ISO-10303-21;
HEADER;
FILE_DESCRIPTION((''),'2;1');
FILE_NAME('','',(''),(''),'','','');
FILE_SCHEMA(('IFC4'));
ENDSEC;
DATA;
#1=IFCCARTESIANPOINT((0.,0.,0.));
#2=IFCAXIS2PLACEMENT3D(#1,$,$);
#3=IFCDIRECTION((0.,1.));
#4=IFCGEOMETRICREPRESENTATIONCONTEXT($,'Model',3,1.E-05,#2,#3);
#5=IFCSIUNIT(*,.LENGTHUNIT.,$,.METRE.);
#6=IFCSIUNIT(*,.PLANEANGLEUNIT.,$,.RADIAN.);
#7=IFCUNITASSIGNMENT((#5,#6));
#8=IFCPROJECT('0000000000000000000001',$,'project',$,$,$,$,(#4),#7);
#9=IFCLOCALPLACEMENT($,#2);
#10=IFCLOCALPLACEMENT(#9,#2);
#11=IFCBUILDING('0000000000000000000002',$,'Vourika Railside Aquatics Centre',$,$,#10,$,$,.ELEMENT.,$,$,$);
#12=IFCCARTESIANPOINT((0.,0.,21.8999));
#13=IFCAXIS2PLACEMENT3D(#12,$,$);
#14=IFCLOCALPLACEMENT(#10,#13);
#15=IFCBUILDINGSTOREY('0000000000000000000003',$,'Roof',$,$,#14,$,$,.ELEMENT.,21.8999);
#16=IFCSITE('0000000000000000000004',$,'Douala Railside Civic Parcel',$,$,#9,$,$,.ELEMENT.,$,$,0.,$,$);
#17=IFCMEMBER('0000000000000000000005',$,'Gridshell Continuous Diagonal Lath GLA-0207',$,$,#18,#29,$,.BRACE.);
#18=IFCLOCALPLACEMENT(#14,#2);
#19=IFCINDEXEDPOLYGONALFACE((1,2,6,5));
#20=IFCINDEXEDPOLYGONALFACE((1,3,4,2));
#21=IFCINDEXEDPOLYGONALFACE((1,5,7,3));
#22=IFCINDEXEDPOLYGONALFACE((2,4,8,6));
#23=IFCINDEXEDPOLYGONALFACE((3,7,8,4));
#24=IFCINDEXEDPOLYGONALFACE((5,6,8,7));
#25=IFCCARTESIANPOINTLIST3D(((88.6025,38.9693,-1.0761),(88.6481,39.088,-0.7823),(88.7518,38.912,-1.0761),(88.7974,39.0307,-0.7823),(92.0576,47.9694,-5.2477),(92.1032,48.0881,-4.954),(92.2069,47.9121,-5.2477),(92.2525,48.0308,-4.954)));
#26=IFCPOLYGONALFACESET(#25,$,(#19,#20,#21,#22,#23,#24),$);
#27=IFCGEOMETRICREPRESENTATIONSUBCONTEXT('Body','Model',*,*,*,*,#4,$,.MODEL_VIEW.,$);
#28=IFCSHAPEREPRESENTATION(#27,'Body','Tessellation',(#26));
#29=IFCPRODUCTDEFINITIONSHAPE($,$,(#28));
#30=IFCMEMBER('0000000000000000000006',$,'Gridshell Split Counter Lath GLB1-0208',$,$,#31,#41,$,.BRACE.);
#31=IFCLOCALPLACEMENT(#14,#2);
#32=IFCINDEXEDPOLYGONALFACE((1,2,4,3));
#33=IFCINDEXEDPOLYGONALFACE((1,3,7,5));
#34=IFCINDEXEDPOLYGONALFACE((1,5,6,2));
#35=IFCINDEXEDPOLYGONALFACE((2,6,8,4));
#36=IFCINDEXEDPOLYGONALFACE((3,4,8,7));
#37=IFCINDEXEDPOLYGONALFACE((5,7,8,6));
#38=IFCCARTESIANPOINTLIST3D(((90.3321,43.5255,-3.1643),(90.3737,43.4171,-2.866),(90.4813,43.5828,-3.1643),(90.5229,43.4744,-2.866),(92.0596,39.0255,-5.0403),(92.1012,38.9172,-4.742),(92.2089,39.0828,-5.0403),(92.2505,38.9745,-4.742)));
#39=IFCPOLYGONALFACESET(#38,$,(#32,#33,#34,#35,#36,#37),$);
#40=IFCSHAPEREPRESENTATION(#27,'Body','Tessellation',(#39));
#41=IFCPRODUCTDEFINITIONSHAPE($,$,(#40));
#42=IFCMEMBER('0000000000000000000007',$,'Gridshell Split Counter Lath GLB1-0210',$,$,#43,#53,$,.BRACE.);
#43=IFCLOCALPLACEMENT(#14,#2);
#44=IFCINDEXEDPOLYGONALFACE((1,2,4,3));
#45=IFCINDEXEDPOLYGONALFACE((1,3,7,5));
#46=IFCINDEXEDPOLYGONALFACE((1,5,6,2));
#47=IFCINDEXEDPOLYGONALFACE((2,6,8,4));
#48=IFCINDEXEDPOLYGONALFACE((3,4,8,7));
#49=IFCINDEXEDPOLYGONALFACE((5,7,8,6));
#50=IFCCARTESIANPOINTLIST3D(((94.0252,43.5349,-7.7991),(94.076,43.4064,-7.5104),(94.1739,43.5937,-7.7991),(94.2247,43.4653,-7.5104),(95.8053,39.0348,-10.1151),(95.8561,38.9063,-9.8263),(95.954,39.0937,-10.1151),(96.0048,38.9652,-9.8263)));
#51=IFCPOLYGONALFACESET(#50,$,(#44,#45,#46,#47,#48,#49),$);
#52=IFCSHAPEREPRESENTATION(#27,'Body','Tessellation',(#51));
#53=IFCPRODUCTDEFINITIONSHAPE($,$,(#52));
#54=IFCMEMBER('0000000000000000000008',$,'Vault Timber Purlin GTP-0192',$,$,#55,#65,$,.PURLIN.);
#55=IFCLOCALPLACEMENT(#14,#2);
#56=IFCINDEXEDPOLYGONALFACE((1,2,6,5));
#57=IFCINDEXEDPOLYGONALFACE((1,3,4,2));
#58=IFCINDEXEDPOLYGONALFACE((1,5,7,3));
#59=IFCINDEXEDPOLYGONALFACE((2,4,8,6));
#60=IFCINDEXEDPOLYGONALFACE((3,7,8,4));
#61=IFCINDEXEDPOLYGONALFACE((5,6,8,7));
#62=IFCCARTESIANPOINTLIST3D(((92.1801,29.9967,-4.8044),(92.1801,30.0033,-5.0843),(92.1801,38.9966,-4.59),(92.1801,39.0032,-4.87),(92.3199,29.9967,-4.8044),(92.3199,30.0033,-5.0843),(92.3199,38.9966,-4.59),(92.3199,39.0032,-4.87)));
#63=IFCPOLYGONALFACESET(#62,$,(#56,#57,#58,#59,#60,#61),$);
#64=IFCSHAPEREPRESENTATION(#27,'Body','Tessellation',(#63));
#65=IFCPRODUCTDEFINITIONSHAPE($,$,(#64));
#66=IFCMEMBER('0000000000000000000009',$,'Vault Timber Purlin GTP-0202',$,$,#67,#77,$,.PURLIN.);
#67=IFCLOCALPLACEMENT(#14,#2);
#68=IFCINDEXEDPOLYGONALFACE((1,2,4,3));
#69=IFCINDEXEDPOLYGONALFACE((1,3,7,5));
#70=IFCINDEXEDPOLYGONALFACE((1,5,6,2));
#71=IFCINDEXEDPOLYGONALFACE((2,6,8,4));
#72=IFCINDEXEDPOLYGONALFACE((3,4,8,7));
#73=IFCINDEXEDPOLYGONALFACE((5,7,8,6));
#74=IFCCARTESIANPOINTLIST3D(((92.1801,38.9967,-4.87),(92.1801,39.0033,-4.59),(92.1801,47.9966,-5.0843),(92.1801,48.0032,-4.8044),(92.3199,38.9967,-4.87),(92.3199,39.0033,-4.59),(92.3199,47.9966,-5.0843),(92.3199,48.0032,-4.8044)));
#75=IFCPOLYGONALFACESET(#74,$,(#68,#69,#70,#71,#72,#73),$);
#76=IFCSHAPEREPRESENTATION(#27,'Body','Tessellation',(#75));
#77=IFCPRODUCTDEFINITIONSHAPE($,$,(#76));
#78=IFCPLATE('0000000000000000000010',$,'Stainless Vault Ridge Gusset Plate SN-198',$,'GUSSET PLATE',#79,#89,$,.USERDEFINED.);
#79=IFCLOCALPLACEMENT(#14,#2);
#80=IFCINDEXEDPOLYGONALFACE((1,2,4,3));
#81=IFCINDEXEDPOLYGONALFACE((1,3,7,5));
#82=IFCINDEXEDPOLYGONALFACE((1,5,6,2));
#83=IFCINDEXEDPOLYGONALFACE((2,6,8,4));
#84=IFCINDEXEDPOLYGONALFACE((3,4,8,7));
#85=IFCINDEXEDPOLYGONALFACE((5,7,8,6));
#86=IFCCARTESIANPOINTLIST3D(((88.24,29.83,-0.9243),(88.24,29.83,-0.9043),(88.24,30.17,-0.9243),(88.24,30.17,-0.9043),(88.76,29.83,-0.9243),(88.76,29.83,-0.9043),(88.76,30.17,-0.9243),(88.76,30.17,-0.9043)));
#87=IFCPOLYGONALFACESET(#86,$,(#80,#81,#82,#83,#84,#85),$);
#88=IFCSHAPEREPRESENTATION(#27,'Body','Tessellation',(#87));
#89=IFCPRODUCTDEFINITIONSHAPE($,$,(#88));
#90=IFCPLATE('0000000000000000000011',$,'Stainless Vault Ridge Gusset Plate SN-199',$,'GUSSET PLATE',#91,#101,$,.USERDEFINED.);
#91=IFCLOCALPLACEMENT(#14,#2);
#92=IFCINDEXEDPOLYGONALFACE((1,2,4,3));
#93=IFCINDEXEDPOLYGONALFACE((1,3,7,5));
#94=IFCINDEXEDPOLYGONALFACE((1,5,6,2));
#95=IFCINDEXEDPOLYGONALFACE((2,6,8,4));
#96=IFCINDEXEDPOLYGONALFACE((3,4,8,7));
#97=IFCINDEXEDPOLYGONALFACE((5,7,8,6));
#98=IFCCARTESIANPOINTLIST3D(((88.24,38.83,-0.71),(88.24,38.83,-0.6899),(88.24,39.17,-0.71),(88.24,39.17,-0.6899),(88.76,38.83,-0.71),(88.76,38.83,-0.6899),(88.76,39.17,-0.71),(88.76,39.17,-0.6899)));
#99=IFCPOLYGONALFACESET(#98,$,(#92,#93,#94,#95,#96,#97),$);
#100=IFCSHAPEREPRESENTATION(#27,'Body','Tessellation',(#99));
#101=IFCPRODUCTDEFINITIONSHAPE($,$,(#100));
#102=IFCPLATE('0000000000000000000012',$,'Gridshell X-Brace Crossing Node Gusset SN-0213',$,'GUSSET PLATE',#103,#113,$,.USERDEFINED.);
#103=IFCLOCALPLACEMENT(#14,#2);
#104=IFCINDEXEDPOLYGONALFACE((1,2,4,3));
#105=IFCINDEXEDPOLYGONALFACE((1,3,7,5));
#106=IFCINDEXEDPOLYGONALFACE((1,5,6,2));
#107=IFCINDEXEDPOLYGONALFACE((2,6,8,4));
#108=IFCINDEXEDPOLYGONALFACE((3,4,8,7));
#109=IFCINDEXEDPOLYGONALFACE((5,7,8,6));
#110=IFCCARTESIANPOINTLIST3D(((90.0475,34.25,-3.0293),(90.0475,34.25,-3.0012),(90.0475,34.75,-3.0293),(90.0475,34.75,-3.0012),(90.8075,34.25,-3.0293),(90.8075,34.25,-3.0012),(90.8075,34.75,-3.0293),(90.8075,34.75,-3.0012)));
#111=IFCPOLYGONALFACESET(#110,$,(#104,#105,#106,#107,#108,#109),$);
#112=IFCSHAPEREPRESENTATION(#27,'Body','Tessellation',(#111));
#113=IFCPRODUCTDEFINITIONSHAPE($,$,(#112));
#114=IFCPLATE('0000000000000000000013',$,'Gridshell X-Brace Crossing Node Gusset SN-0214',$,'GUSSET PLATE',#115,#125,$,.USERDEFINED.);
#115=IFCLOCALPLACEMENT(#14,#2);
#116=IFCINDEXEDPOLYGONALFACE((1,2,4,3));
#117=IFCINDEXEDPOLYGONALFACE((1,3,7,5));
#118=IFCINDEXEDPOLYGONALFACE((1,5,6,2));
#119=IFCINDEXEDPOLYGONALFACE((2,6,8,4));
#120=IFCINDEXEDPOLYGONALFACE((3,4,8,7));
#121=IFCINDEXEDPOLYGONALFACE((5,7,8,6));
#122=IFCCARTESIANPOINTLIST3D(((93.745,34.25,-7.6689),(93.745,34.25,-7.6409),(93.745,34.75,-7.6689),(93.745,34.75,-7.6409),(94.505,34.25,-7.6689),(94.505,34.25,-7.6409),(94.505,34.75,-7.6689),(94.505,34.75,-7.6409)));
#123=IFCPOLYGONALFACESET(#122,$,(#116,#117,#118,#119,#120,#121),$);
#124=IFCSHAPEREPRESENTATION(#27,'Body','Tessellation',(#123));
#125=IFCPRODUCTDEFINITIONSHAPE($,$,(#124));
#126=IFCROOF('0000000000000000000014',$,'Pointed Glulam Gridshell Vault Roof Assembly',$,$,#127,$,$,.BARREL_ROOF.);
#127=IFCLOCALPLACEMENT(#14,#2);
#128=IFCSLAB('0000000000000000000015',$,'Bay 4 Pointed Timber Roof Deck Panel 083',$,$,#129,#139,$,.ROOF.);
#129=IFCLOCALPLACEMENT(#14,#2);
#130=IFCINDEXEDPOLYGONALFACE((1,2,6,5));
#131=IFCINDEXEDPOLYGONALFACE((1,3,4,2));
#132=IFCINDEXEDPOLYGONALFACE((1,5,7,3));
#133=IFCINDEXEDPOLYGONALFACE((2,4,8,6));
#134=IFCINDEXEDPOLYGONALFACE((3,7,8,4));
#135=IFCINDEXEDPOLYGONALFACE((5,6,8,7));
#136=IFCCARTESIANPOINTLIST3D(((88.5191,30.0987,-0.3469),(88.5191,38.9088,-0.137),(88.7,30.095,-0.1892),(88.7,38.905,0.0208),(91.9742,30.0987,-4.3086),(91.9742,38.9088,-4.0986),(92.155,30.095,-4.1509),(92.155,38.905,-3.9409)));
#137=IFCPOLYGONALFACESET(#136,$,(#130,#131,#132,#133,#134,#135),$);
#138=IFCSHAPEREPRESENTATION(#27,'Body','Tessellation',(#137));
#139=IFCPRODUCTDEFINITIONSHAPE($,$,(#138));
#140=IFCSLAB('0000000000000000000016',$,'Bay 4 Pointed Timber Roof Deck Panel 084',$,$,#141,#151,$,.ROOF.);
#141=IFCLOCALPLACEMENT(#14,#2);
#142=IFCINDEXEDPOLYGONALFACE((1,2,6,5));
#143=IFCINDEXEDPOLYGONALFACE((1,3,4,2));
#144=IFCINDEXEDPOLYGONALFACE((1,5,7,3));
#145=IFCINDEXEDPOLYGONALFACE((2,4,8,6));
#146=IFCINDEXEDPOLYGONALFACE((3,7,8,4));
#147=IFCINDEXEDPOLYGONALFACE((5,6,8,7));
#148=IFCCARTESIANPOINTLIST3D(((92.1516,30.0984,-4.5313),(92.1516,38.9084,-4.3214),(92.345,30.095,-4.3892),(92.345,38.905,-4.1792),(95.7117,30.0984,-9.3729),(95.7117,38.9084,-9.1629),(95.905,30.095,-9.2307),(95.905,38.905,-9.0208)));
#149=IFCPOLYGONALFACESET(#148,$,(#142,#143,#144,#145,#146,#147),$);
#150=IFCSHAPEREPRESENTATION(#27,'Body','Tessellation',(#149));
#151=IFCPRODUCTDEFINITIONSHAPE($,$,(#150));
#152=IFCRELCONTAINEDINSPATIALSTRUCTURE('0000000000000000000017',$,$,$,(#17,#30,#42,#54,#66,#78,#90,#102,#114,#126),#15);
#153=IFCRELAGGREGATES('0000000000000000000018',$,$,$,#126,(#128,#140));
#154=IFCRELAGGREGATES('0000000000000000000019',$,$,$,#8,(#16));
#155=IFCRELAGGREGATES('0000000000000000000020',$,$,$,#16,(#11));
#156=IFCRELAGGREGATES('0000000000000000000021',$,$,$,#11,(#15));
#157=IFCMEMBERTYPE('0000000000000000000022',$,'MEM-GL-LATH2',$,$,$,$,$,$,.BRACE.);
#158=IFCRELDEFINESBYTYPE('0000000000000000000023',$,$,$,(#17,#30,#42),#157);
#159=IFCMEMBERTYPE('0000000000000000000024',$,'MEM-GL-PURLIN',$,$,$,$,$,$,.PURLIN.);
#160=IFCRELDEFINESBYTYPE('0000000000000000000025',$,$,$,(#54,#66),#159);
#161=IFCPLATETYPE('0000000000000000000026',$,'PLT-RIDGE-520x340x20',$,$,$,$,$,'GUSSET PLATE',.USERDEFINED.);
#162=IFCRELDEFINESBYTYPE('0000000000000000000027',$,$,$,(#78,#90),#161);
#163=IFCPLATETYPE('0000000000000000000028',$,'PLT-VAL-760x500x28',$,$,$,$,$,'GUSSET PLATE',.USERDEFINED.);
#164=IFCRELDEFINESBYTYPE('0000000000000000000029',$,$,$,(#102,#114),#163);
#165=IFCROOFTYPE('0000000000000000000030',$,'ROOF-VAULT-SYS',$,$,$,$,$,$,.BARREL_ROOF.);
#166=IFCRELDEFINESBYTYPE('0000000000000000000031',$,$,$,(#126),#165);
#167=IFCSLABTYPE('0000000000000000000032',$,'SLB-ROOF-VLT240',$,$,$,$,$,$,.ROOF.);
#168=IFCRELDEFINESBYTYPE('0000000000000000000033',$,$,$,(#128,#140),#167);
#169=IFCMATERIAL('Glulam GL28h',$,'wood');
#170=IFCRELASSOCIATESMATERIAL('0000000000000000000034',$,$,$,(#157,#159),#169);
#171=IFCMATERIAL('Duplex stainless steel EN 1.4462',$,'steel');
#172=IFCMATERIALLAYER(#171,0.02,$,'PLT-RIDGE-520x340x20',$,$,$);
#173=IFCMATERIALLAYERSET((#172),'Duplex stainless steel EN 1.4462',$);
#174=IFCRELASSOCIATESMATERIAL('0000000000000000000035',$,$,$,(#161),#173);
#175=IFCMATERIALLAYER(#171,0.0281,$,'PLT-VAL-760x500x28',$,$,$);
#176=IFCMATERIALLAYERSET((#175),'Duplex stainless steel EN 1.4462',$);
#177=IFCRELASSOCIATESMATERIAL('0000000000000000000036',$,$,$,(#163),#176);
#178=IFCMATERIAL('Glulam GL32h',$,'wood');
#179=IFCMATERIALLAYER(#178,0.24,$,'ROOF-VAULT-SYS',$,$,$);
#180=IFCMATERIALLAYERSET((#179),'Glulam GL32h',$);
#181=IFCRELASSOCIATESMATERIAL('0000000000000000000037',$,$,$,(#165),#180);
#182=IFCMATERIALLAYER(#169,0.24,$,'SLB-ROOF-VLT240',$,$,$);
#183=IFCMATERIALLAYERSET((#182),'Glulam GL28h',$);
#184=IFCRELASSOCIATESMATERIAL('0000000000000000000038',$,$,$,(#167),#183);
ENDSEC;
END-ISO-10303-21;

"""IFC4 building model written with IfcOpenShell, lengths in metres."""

from ifc_helpers import new_model, si_unit, direction, frame, origin, origin_2d, place, context, subcontext, project, spatial, polyline, rectangle, outline, extrude, material, layer, layer_set, material_profile, profile_set, type_object, element, aggregate, save


model = new_model("IFC4")

# Units and contexts
model_context = context("Model", 3, precision=1e-05, world=origin(), true_north=direction((0.0, 1.0)))
body_context = subcontext(model_context, "Body", "Model", "MODEL_VIEW")
ifc_project = project(units=[si_unit("LENGTHUNIT", "METRE"), si_unit("PLANEANGLEUNIT", "RADIAN")], contexts=[model_context])

# Site, building, storey
site_placement = place(None, origin())
site = spatial("IfcSite", under=ifc_project, at=site_placement, Name="Douala Railside Civic Parcel", CompositionType="ELEMENT", RefElevation=0.0)
building_placement = place(site_placement, origin())
building = spatial("IfcBuilding", under=site, at=building_placement, Name="Vourika Railside Aquatics Centre", CompositionType="ELEMENT")
storey_placement = place(building_placement, frame((0.0, 0.0, 21.8999)))
storey = spatial("IfcBuildingStorey", under=building, at=storey_placement, Name="Roof", CompositionType="ELEMENT", Elevation=21.8999)

# Shared definitions
ifc_material_1 = material(Name="Glulam GL32h", Category="wood")

# Members
ifc_material_2 = material(Name="Glulam GL28h", Category="wood")
ifc_material_profile_1 = material_profile(ifc_material_2, rectangle(XDim=0.1599, YDim=0.3201, at=origin_2d()), Name="GL28h 160x320")
ifc_profile_set_1 = profile_set([ifc_material_profile_1], Name="Glulam GL28h")
member_type_1 = type_object("IfcMemberType", Name="MEM-GL-LATH2", PredefinedType="BRACE", material=ifc_profile_set_1)
member_1_placement = place(storey_placement, frame((88.7, 39.0, -0.9292), z_axis=(0.328921, 0.856793, -0.397136), x_axis=(-0.93357, 0.358395, 0.0)))
element("IfcMember", 1, at=member_1_placement, inside=storey, type_object=member_type_1, Name="Gridshell Continuous Diagonal Lath GLA-0207", PredefinedType="BRACE", context=body_context, shape_type="SweptSolid", body=[
    extrude(rectangle(XDim=0.1599, YDim=0.3201, at=origin_2d()), origin(), (0.0, 0.0, 1.0), 10.5044),
])
member_2_placement = place(storey_placement, frame((92.155, 39.0, -4.8911), z_axis=(-0.333992, 0.870003, 0.36269), x_axis=(-0.93357, -0.358395, 0.0)))
element("IfcMember", 2, at=member_2_placement, inside=storey, type_object=member_type_1, Name="Gridshell Split Counter Lath GLB1-0208", PredefinedType="BRACE", context=body_context, shape_type="SweptSolid", body=[
    extrude(rectangle(XDim=0.1599, YDim=0.3201, at=origin_2d()), origin(), (0.0, 0.0, 1.0), 5.1724),
])
member_3_placement = place(storey_placement, frame((95.905, 39.0, -9.9707), z_axis=(-0.331793, 0.838788, 0.431681), x_axis=(-0.929893, -0.36783, 0.0)))
element("IfcMember", 3, at=member_3_placement, inside=storey, type_object=member_type_1, Name="Gridshell Split Counter Lath GLB1-0210", PredefinedType="BRACE", context=body_context, shape_type="SweptSolid", body=[
    extrude(rectangle(XDim=0.1599, YDim=0.3201, at=origin_2d()), origin(), (0.0, 0.0, 1.0), 5.365),
])
ifc_material_profile_2 = material_profile(ifc_material_2, rectangle(XDim=0.1399, YDim=0.28, at=origin_2d()), Name="GL28h 140x280")
ifc_profile_set_2 = profile_set([ifc_material_profile_2], Name="Glulam GL28h")
member_type_2 = type_object("IfcMemberType", Name="MEM-GL-PURLIN", PredefinedType="PURLIN", material=ifc_profile_set_2)
for number, where, z_axis, x_axis, name in (
    (4, (92.25, 30.0, -4.9443), (0.0, 0.999716, 0.023811), (-1.0, 0.0, 0.0), "Vault Timber Purlin GTP-0192"),
    (5, (92.25, 39.0, -4.73), (0.0, 0.999716, -0.023811), (-1.0, 0.0, 0.0), "Vault Timber Purlin GTP-0202"),
):
    element("IfcMember", number, at=place(storey_placement, frame(where, z_axis=z_axis, x_axis=x_axis)), inside=storey, type_object=member_type_2, Name=name, PredefinedType="PURLIN", context=body_context, shape_type="SweptSolid", body=[
        extrude(rectangle(XDim=0.1399, YDim=0.28, at=origin_2d()), origin(), (0.0, 0.0, 1.0), 9.0024),
    ])

# Plates
ifc_material_3 = material(Name="Duplex stainless steel EN 1.4462", Category="steel")
ifc_layer_1 = layer(ifc_material_3, 0.02, Name="PLT-RIDGE-520x340x20")
ifc_layer_set_1 = layer_set([ifc_layer_1], Name="Duplex stainless steel EN 1.4462")
plate_type_1 = type_object("IfcPlateType", Name="PLT-RIDGE-520x340x20", ElementType="GUSSET PLATE", PredefinedType="USERDEFINED", material=ifc_layer_set_1)
for number, where, z_axis, x_axis, name in (
    (6, (88.5, 30.0, -0.9243), (0.0, 0.0, 1.0), (1.0, 0.0, 0.0), "Stainless Vault Ridge Gusset Plate SN-198"),
    (7, (88.5, 39.0, -0.71), (0.0, 0.0, 1.0), (1.0, 0.0, 0.0), "Stainless Vault Ridge Gusset Plate SN-199"),
):
    element("IfcPlate", number, at=place(storey_placement, frame(where, z_axis=z_axis, x_axis=x_axis)), inside=storey, type_object=plate_type_1, Name=name, ObjectType="GUSSET PLATE", PredefinedType="USERDEFINED", context=body_context, shape_type="SweptSolid", body=[
        extrude(rectangle(XDim=0.52, YDim=0.3401, at=origin_2d()), origin(), (0.0, 0.0, 1.0), 0.02),
    ])
ifc_layer_2 = layer(ifc_material_3, 0.0281, Name="PLT-VAL-760x500x28")
ifc_layer_set_2 = layer_set([ifc_layer_2], Name="Duplex stainless steel EN 1.4462")
plate_type_2 = type_object("IfcPlateType", Name="PLT-VAL-760x500x28", ElementType="GUSSET PLATE", PredefinedType="USERDEFINED", material=ifc_layer_set_2)
for number, where, z_axis, x_axis, name in (
    (8, (90.4275, 34.5, -3.0293), (0.0, 0.0, 1.0), (1.0, 0.0, 0.0), "Gridshell X-Brace Crossing Node Gusset SN-0213"),
    (9, (94.125, 34.5, -7.6689), (0.0, 0.0, 1.0), (1.0, 0.0, 0.0), "Gridshell X-Brace Crossing Node Gusset SN-0214"),
):
    element("IfcPlate", number, at=place(storey_placement, frame(where, z_axis=z_axis, x_axis=x_axis)), inside=storey, type_object=plate_type_2, Name=name, ObjectType="GUSSET PLATE", PredefinedType="USERDEFINED", context=body_context, shape_type="SweptSolid", body=[
        extrude(rectangle(XDim=0.76, YDim=0.5, at=origin_2d()), origin(), (0.0, 0.0, 1.0), 0.0281),
    ])

# Roof, slabs
ifc_layer_3 = layer(ifc_material_1, 0.24, Name="ROOF-VAULT-SYS")
ifc_layer_set_3 = layer_set([ifc_layer_3], Name="Glulam GL32h")
roof_type = type_object("IfcRoofType", Name="ROOF-VAULT-SYS", PredefinedType="BARREL_ROOF", material=ifc_layer_set_3)
roof_placement = place(storey_placement, origin())
roof = element("IfcRoof", 10, at=roof_placement, inside=storey, type_object=roof_type, Name="Pointed Glulam Gridshell Vault Roof Assembly", PredefinedType="BARREL_ROOF")
ifc_layer_4 = layer(ifc_material_2, 0.24, Name="SLB-ROOF-VLT240")
ifc_layer_set_4 = layer_set([ifc_layer_4], Name="Glulam GL28h")
slab_type = type_object("IfcSlabType", Name="SLB-ROOF-VLT240", PredefinedType="ROOF", material=ifc_layer_set_4)
slab_1_placement = place(storey_placement, frame((88.7, 30.095, -0.1892), z_axis=(0.753556, -0.015662, 0.657197), x_axis=(0.657277, 0.0, -0.753649)))
slab_1 = element("IfcSlab", 11, at=slab_1_placement, type_object=slab_type, Name="Bay 4 Pointed Timber Roof Deck Panel 083", PredefinedType="ROOF", context=body_context, shape_type="SweptSolid", body=[
    extrude(outline(polyline([(0.0, 0.0), (5.2567, 0.0), (5.0984, 8.8111), (-0.1582, 8.8111), (0.0, 0.0)])), origin(), (0.0, 0.0, -1.0), 0.24),
])
slab_2_placement = place(storey_placement, frame((92.345, 30.095, -4.3892), z_axis=(0.805563, -0.014117, 0.592342), x_axis=(0.592401, 0.0, -0.805644)))
slab_2 = element("IfcSlab", 12, at=slab_2_placement, type_object=slab_type, Name="Bay 4 Pointed Timber Roof Deck Panel 084", PredefinedType="ROOF", context=body_context, shape_type="SweptSolid", body=[
    extrude(outline(polyline([(0.0, 0.0), (6.0095, 0.0), (5.8404, 8.8109), (-0.1692, 8.8109), (0.0, 0.0)])), origin(), (0.0, 0.0, -1.0), 0.24),
])
aggregate(roof, [slab_1, slab_2])

save(model, "model.ifc")
